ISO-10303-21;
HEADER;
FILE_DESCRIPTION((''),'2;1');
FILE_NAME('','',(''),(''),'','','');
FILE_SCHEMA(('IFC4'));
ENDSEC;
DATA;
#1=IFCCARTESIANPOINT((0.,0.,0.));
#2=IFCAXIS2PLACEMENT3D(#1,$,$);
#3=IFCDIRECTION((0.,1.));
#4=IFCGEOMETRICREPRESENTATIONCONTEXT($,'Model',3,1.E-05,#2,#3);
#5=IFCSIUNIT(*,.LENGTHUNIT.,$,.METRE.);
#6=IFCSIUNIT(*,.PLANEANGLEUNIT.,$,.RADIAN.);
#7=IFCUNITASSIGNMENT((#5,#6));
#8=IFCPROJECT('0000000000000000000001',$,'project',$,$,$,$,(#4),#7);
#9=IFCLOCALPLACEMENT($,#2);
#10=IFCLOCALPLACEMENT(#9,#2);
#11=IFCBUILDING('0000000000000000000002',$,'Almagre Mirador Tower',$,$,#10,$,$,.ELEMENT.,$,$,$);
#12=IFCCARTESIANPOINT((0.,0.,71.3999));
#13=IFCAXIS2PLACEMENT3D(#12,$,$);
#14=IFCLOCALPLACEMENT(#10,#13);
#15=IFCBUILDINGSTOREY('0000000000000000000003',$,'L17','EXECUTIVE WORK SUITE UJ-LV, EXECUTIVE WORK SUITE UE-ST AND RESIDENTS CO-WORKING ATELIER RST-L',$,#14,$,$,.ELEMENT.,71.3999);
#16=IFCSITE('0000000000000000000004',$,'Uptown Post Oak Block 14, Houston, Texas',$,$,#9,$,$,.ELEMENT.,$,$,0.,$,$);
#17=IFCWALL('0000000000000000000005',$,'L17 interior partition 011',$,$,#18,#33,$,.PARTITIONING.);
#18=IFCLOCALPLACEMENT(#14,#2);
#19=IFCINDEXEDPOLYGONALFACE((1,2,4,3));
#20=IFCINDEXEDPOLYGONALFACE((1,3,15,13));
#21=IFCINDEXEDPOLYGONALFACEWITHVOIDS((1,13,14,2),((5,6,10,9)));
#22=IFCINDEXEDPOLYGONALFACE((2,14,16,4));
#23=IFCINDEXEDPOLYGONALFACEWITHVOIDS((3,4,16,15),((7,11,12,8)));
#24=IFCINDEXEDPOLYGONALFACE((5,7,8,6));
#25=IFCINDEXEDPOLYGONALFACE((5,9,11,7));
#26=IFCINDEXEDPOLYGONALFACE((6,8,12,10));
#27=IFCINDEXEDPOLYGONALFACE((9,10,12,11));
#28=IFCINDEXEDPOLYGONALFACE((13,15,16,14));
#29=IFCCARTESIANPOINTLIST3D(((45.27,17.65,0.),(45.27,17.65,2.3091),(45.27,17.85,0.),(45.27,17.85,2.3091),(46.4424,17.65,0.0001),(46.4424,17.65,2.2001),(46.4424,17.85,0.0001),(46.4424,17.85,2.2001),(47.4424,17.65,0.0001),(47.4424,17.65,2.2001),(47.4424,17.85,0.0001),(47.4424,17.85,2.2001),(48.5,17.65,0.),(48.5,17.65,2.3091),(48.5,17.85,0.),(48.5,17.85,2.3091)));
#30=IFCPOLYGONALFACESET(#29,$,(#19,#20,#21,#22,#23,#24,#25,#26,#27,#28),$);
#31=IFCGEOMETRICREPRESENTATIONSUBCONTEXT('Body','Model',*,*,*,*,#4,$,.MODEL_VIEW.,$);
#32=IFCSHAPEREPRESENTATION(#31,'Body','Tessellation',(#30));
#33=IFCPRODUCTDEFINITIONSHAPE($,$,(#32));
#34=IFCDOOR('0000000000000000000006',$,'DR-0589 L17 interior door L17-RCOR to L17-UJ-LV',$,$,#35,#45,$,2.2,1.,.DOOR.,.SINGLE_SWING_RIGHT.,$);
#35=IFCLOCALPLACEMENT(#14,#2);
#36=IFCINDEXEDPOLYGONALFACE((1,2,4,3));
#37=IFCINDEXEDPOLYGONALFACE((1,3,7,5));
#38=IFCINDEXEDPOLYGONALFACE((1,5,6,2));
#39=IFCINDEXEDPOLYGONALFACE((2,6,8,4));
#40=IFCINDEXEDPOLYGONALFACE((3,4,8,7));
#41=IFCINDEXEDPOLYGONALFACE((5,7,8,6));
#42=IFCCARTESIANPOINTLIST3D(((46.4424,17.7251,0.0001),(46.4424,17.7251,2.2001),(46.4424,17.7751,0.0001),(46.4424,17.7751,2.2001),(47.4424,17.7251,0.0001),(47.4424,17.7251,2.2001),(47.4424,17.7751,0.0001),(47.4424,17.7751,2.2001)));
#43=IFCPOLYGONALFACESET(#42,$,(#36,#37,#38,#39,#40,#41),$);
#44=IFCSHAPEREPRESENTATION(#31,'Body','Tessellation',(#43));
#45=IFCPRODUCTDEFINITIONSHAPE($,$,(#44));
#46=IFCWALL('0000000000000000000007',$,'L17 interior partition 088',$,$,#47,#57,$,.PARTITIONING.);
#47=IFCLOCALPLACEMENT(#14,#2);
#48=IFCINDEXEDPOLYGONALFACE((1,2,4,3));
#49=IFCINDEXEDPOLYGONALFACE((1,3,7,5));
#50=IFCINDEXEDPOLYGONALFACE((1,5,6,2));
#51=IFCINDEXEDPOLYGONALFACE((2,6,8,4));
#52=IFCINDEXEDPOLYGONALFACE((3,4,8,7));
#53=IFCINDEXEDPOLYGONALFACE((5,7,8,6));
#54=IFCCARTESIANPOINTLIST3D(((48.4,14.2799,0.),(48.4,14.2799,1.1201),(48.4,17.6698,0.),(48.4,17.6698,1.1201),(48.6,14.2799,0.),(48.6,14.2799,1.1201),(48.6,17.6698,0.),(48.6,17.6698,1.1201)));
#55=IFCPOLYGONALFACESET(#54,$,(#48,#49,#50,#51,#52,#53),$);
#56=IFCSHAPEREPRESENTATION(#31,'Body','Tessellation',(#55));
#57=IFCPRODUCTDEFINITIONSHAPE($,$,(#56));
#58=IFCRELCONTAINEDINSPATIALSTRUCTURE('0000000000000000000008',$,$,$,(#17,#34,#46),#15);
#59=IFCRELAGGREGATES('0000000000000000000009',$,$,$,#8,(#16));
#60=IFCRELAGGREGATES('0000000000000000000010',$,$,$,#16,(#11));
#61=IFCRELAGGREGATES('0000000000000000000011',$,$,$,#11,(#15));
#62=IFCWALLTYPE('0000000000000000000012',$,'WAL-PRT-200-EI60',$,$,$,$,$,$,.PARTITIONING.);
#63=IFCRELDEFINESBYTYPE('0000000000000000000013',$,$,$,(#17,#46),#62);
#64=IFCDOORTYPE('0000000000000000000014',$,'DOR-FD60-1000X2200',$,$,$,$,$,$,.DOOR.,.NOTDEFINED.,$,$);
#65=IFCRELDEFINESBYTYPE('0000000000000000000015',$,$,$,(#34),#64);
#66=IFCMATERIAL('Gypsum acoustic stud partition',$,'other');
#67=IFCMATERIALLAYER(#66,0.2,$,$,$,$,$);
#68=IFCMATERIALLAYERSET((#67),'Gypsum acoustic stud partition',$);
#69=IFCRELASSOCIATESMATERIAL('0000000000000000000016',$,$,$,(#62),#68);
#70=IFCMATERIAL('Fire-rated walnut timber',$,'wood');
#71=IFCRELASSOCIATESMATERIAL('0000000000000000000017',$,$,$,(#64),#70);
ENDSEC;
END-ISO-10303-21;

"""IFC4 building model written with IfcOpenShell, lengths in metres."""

from ifc_helpers import new_model, si_unit, direction, frame, frame_2d, origin, place, context, subcontext, project, spatial, rectangle, extrude, material, layer, layer_set, type_object, element, fill, save


model = new_model("IFC4")

# Units and contexts
model_context = context("Model", 3, precision=1e-05, world=origin(), true_north=direction((0.0, 1.0)))
body_context = subcontext(model_context, "Body", "Model", "MODEL_VIEW")
ifc_project = project(units=[si_unit("LENGTHUNIT", "METRE"), si_unit("PLANEANGLEUNIT", "RADIAN")], contexts=[model_context])

# Site, building, storey
site_placement = place(None, origin())
site = spatial("IfcSite", under=ifc_project, at=site_placement, Name="Uptown Post Oak Block 14, Houston, Texas", CompositionType="ELEMENT", RefElevation=0.0)
building_placement = place(site_placement, origin())
building = spatial("IfcBuilding", under=site, at=building_placement, Name="Almagre Mirador Tower", CompositionType="ELEMENT")
storey_placement = place(building_placement, frame((0.0, 0.0, 71.3999)))
storey = spatial("IfcBuildingStorey", under=building, at=storey_placement, Name="L17", Description="EXECUTIVE WORK SUITE UJ-LV, EXECUTIVE WORK SUITE UE-ST AND RESIDENTS CO-WORKING ATELIER RST-L", CompositionType="ELEMENT", Elevation=71.3999)

# Shared definitions
ifc_material_1 = material(Name="Gypsum acoustic stud partition", Category="other")
ifc_layer_1 = layer(ifc_material_1, 0.2)
ifc_layer_set_1 = layer_set([ifc_layer_1], Name="Gypsum acoustic stud partition")
wall_type_1 = type_object("IfcWallType", Name="WAL-PRT-200-EI60", PredefinedType="PARTITIONING", material=ifc_layer_set_1)

# Wall, opening, door
wall_1_placement = place(storey_placement, frame((48.5, 17.75, 0.0), z_axis=(0.0, 0.0, 1.0), x_axis=(-1.0, 0.0, 0.0)))
wall_1 = element("IfcWall", 1, at=wall_1_placement, inside=storey, type_object=wall_type_1, Name="L17 interior partition 011", PredefinedType="PARTITIONING", context=body_context, shape_type="SweptSolid", body=[
    extrude(rectangle(XDim=3.23, YDim=0.2, at=frame_2d((1.615, 0.0))), origin(), (0.0, 0.0, 1.0), 2.3091),
])
opening_1_placement = place(wall_1_placement, frame((1.0576, 0.0, 0.0)))
opening_1 = element("IfcOpeningElement", 2, at=opening_1_placement, cuts=wall_1, PredefinedType="OPENING", context=body_context, shape_type="SweptSolid", body=[
    extrude(rectangle(XDim=1.0, YDim=2.2, at=frame_2d((0.5, 1.1001))), frame((0.0, 0.1101, 0.0), z_axis=(0.0, -1.0, 0.0), x_axis=(1.0, 0.0, 0.0)), (0.0, 0.0, 1.0), 0.22),
])
ifc_material_2 = material(Name="Fire-rated walnut timber", Category="wood")
door_type_1 = type_object("IfcDoorType", Name="DOR-FD60-1000X2200", OperationType="NOTDEFINED", PredefinedType="DOOR", material=ifc_material_2)
door_1_placement = place(opening_1_placement, origin())
door_1 = element("IfcDoor", 3, at=door_1_placement, inside=storey, type_object=door_type_1, Name="DR-0589 L17 interior door L17-RCOR to L17-UJ-LV", OperationType="SINGLE_SWING_RIGHT", OverallHeight=2.2, OverallWidth=1.0, PredefinedType="DOOR", context=body_context, shape_type="SweptSolid", body=[
    extrude(rectangle(XDim=1.0, YDim=2.2, at=frame_2d((0.5, 1.1001))), frame((0.0, 0.0249, 0.0), z_axis=(0.0, -1.0, 0.0), x_axis=(1.0, 0.0, 0.0)), (0.0, 0.0, 1.0), 0.05),
])
fill(opening_1, door_1)

# Wall
wall_2_placement = place(storey_placement, frame((48.5, 14.28, 0.0), z_axis=(0.0, 0.0, 1.0), x_axis=(0.0, 1.0, 0.0)))
element("IfcWall", 4, at=wall_2_placement, inside=storey, type_object=wall_type_1, Name="L17 interior partition 088", PredefinedType="PARTITIONING", context=body_context, shape_type="SweptSolid", body=[
    extrude(rectangle(XDim=3.3899, YDim=0.2, at=frame_2d((1.6948, 0.0))), origin(), (0.0, 0.0, 1.0), 1.1201),
])

save(model, "model.ifc")
